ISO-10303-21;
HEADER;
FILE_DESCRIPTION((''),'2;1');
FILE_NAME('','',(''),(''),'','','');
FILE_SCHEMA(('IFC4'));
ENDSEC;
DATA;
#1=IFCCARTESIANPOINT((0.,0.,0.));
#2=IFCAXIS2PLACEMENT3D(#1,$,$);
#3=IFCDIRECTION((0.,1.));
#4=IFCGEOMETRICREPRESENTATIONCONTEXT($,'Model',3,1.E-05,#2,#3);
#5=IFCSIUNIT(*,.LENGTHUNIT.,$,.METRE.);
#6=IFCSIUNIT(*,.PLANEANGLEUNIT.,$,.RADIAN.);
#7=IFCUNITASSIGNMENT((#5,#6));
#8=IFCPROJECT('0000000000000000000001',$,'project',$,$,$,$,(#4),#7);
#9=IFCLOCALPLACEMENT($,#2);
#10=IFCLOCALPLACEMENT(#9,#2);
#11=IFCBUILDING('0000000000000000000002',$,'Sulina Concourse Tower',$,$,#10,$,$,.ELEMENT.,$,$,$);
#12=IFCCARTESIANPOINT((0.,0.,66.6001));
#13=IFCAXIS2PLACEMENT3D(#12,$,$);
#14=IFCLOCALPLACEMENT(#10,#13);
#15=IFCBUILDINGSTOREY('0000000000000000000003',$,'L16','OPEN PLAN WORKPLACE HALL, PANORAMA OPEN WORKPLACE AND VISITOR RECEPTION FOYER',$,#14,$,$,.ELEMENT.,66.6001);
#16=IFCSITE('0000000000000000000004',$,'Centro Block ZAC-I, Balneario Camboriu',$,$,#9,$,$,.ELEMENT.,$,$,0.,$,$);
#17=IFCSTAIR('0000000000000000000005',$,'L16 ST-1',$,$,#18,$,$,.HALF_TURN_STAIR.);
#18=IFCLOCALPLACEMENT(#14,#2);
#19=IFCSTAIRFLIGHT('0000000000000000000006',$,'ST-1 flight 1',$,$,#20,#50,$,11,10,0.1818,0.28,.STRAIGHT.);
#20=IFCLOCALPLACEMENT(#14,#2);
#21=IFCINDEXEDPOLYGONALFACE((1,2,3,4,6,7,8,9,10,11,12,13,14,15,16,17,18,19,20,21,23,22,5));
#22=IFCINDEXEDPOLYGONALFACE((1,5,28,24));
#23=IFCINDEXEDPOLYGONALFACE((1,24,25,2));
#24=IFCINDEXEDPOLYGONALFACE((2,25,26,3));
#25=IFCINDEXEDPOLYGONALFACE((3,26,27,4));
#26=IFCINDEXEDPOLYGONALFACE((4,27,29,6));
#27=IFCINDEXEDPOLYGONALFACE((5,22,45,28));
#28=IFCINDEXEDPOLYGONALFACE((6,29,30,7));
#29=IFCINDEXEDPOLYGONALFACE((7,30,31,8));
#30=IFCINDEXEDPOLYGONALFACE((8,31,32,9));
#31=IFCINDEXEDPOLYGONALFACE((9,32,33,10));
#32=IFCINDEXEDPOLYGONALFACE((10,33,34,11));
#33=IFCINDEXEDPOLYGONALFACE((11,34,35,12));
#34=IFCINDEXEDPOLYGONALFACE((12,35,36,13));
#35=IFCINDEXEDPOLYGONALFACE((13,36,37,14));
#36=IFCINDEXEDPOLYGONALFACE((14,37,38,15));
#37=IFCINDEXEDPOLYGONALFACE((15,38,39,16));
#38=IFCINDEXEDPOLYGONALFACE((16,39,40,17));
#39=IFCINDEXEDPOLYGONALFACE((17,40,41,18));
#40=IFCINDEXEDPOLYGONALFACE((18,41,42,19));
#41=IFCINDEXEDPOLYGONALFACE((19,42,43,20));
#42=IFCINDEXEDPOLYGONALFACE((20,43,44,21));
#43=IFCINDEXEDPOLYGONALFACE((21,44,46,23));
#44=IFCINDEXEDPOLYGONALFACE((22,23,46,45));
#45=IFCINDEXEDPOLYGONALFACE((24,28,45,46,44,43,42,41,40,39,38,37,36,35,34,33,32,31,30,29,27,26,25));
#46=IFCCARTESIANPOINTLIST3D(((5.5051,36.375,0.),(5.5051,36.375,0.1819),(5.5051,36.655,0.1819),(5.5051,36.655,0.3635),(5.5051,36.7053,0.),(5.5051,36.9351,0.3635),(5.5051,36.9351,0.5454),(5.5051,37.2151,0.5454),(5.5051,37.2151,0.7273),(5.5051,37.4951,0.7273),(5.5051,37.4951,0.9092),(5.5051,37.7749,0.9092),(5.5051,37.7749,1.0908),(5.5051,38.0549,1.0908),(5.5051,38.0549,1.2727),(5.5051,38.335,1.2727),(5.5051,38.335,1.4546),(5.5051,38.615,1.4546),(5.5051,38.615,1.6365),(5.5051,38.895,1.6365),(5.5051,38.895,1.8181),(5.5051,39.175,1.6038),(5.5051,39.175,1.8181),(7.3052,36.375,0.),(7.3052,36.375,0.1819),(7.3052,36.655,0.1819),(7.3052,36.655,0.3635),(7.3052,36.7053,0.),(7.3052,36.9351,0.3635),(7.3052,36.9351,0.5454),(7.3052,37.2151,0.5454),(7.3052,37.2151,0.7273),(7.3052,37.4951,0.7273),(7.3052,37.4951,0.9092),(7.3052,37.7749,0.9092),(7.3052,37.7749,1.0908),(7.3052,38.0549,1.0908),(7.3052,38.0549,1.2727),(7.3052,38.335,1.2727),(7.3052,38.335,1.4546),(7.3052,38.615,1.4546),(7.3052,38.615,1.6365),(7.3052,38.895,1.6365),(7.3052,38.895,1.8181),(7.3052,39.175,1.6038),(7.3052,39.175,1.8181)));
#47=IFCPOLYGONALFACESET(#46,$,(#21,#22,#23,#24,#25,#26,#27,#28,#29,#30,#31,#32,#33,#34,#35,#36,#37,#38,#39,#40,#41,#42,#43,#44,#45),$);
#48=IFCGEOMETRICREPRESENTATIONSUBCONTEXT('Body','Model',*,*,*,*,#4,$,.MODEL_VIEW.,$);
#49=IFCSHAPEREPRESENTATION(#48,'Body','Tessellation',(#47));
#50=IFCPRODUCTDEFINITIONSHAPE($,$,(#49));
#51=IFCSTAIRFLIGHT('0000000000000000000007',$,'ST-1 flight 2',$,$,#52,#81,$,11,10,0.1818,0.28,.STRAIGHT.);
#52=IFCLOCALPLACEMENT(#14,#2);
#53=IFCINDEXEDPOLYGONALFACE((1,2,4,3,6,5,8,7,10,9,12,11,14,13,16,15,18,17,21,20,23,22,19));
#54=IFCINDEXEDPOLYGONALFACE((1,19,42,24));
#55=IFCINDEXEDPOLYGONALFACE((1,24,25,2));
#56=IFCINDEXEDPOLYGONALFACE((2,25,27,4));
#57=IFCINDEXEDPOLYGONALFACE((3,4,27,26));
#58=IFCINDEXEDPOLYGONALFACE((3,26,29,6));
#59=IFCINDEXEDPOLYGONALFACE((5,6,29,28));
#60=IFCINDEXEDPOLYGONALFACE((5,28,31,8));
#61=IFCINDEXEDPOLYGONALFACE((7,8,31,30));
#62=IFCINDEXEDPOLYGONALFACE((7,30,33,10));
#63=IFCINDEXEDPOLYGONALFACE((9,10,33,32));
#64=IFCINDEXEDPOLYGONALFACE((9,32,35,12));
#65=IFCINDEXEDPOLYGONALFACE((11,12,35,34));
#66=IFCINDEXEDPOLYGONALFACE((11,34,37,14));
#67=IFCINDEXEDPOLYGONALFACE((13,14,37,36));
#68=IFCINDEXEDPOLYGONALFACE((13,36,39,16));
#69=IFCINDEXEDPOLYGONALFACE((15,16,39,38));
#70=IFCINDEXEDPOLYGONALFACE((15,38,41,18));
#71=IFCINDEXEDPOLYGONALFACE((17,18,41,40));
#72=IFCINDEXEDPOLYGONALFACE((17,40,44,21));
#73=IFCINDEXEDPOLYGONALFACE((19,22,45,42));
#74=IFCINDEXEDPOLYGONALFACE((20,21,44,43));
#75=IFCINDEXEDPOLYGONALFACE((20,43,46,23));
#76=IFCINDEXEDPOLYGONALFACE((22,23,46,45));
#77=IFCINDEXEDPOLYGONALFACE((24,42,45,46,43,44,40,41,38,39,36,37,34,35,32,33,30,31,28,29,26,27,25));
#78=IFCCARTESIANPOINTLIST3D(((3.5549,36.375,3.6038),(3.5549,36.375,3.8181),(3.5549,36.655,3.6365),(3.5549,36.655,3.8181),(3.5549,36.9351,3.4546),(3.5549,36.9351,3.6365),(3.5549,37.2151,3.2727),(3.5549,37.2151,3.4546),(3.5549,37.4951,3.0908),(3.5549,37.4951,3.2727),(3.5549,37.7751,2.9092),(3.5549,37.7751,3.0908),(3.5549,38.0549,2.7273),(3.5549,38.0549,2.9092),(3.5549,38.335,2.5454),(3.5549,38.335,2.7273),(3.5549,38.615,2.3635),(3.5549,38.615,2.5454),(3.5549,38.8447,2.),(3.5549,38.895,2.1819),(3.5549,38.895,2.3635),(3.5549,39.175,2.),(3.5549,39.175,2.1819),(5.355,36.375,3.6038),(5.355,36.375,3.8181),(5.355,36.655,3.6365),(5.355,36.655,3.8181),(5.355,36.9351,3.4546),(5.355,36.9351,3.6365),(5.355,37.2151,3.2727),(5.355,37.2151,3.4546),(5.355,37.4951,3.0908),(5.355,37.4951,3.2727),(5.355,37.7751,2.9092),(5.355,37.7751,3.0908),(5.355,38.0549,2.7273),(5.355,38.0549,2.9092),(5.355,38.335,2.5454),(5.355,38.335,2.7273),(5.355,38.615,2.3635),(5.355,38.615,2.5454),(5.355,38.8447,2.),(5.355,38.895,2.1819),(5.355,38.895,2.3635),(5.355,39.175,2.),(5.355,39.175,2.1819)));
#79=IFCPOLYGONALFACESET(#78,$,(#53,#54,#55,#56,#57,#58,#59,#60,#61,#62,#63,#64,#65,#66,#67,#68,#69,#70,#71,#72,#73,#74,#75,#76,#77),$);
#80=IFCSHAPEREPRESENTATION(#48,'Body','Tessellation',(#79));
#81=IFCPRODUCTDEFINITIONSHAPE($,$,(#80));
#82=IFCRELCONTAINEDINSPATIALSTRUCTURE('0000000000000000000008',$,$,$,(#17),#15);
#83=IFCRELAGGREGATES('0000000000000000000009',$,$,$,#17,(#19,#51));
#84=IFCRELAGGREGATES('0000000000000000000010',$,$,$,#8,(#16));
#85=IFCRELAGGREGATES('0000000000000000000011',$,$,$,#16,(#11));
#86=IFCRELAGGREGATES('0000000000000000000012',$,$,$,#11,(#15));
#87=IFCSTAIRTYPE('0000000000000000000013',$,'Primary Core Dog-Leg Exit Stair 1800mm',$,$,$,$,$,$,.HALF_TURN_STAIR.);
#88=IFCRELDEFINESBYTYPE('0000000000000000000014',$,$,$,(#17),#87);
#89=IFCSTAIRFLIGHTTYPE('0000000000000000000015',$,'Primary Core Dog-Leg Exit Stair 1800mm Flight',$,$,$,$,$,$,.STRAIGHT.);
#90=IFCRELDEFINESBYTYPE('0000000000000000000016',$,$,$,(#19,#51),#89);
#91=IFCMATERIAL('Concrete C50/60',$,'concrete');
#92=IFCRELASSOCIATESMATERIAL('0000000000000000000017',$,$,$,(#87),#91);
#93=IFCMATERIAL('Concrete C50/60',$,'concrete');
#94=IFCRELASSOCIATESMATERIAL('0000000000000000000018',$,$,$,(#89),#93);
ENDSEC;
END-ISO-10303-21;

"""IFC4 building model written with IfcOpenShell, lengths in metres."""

from ifc_helpers import new_model, si_unit, direction, frame, origin, place, context, subcontext, project, spatial, polyline, outline, extrude, material, type_object, element, aggregate, save


model = new_model("IFC4")

# Units and contexts
model_context = context("Model", 3, precision=1e-05, world=origin(), true_north=direction((0.0, 1.0)))
body_context = subcontext(model_context, "Body", "Model", "MODEL_VIEW")
ifc_project = project(units=[si_unit("LENGTHUNIT", "METRE"), si_unit("PLANEANGLEUNIT", "RADIAN")], contexts=[model_context])

# Site, building, storey
site_placement = place(None, origin())
site = spatial("IfcSite", under=ifc_project, at=site_placement, Name="Centro Block ZAC-I, Balneario Camboriu", CompositionType="ELEMENT", RefElevation=0.0)
building_placement = place(site_placement, origin())
building = spatial("IfcBuilding", under=site, at=building_placement, Name="Sulina Concourse Tower", CompositionType="ELEMENT")
storey_placement = place(building_placement, frame((0.0, 0.0, 66.6001)))
storey = spatial("IfcBuildingStorey", under=building, at=storey_placement, Name="L16", Description="OPEN PLAN WORKPLACE HALL, PANORAMA OPEN WORKPLACE AND VISITOR RECEPTION FOYER", CompositionType="ELEMENT", Elevation=66.6001)

# Stair, stair flights
ifc_material_1 = material(Name="Concrete C50/60", Category="concrete")
stair_type = type_object("IfcStairType", Name="Primary Core Dog-Leg Exit Stair 1800mm", PredefinedType="HALF_TURN_STAIR", material=ifc_material_1)
stair_placement = place(storey_placement, origin())
stair = element("IfcStair", 1, at=stair_placement, inside=storey, type_object=stair_type, Name="L16 ST-1", PredefinedType="HALF_TURN_STAIR")
ifc_material_2 = material(Name="Concrete C50/60", Category="concrete")
stair_flight_type = type_object("IfcStairFlightType", Name="Primary Core Dog-Leg Exit Stair 1800mm Flight", PredefinedType="STRAIGHT", material=ifc_material_2)
stair_flight_1_placement = place(storey_placement, frame((6.405, 36.375, 0.0), z_axis=(0.0, 0.0, 1.0), x_axis=(0.0, 1.0, 0.0)))
stair_flight_1 = element("IfcStairFlight", 2, at=stair_flight_1_placement, type_object=stair_flight_type, Name="ST-1 flight 1", NumberOfRisers=11, NumberOfTreads=10, PredefinedType="STRAIGHT", RiserHeight=0.1818, TreadLength=0.28, context=body_context, shape_type="SweptSolid", body=[
    extrude(outline(polyline([(0.0, 0.0), (0.0, 0.1819), (0.28, 0.1819), (0.28, 0.3635), (0.5601, 0.3635), (0.5601, 0.5454), (0.8401, 0.5454), (0.8401, 0.7273), (1.1201, 0.7273), (1.1201, 0.9092), (1.3999, 0.9092), (1.3999, 1.0908), (1.6799, 1.0908), (1.6799, 1.2727), (1.96, 1.2727), (1.96, 1.4546), (2.24, 1.4546), (2.24, 1.6365), (2.52, 1.6365), (2.52, 1.8181), (2.8, 1.8181), (2.8, 2.0), (2.8, 1.6038), (0.3303, 0.0), (0.0, 0.0)])), frame((0.0, 0.8999, 0.0), z_axis=(0.0, -1.0, 0.0), x_axis=(1.0, 0.0, 0.0)), (0.0, 0.0, 1.0), 1.8),
])
stair_flight_2_placement = place(storey_placement, frame((4.4551, 39.175, 2.0), z_axis=(0.0, 0.0, 1.0), x_axis=(0.0, -1.0, 0.0)))
stair_flight_2 = element("IfcStairFlight", 3, at=stair_flight_2_placement, type_object=stair_flight_type, Name="ST-1 flight 2", NumberOfRisers=11, NumberOfTreads=10, PredefinedType="STRAIGHT", RiserHeight=0.1818, TreadLength=0.28, context=body_context, shape_type="SweptSolid", body=[
    extrude(outline(polyline([(0.0, 0.0), (0.0, 0.1819), (0.28, 0.1819), (0.28, 0.3635), (0.5601, 0.3635), (0.5601, 0.5454), (0.8401, 0.5454), (0.8401, 0.7273), (1.1201, 0.7273), (1.1201, 0.9092), (1.3999, 0.9092), (1.3999, 1.0908), (1.6799, 1.0908), (1.6799, 1.2727), (1.96, 1.2727), (1.96, 1.4546), (2.24, 1.4546), (2.24, 1.6365), (2.52, 1.6365), (2.52, 1.8181), (2.8, 1.8181), (2.8, 2.0), (2.8, 1.6038), (0.3303, 0.0), (0.0, 0.0)])), frame((0.0, 0.8999, 0.0), z_axis=(0.0, -1.0, 0.0), x_axis=(1.0, 0.0, 0.0)), (0.0, 0.0, 1.0), 1.8),
])
aggregate(stair, [stair_flight_1, stair_flight_2])

save(model, "model.ifc")
